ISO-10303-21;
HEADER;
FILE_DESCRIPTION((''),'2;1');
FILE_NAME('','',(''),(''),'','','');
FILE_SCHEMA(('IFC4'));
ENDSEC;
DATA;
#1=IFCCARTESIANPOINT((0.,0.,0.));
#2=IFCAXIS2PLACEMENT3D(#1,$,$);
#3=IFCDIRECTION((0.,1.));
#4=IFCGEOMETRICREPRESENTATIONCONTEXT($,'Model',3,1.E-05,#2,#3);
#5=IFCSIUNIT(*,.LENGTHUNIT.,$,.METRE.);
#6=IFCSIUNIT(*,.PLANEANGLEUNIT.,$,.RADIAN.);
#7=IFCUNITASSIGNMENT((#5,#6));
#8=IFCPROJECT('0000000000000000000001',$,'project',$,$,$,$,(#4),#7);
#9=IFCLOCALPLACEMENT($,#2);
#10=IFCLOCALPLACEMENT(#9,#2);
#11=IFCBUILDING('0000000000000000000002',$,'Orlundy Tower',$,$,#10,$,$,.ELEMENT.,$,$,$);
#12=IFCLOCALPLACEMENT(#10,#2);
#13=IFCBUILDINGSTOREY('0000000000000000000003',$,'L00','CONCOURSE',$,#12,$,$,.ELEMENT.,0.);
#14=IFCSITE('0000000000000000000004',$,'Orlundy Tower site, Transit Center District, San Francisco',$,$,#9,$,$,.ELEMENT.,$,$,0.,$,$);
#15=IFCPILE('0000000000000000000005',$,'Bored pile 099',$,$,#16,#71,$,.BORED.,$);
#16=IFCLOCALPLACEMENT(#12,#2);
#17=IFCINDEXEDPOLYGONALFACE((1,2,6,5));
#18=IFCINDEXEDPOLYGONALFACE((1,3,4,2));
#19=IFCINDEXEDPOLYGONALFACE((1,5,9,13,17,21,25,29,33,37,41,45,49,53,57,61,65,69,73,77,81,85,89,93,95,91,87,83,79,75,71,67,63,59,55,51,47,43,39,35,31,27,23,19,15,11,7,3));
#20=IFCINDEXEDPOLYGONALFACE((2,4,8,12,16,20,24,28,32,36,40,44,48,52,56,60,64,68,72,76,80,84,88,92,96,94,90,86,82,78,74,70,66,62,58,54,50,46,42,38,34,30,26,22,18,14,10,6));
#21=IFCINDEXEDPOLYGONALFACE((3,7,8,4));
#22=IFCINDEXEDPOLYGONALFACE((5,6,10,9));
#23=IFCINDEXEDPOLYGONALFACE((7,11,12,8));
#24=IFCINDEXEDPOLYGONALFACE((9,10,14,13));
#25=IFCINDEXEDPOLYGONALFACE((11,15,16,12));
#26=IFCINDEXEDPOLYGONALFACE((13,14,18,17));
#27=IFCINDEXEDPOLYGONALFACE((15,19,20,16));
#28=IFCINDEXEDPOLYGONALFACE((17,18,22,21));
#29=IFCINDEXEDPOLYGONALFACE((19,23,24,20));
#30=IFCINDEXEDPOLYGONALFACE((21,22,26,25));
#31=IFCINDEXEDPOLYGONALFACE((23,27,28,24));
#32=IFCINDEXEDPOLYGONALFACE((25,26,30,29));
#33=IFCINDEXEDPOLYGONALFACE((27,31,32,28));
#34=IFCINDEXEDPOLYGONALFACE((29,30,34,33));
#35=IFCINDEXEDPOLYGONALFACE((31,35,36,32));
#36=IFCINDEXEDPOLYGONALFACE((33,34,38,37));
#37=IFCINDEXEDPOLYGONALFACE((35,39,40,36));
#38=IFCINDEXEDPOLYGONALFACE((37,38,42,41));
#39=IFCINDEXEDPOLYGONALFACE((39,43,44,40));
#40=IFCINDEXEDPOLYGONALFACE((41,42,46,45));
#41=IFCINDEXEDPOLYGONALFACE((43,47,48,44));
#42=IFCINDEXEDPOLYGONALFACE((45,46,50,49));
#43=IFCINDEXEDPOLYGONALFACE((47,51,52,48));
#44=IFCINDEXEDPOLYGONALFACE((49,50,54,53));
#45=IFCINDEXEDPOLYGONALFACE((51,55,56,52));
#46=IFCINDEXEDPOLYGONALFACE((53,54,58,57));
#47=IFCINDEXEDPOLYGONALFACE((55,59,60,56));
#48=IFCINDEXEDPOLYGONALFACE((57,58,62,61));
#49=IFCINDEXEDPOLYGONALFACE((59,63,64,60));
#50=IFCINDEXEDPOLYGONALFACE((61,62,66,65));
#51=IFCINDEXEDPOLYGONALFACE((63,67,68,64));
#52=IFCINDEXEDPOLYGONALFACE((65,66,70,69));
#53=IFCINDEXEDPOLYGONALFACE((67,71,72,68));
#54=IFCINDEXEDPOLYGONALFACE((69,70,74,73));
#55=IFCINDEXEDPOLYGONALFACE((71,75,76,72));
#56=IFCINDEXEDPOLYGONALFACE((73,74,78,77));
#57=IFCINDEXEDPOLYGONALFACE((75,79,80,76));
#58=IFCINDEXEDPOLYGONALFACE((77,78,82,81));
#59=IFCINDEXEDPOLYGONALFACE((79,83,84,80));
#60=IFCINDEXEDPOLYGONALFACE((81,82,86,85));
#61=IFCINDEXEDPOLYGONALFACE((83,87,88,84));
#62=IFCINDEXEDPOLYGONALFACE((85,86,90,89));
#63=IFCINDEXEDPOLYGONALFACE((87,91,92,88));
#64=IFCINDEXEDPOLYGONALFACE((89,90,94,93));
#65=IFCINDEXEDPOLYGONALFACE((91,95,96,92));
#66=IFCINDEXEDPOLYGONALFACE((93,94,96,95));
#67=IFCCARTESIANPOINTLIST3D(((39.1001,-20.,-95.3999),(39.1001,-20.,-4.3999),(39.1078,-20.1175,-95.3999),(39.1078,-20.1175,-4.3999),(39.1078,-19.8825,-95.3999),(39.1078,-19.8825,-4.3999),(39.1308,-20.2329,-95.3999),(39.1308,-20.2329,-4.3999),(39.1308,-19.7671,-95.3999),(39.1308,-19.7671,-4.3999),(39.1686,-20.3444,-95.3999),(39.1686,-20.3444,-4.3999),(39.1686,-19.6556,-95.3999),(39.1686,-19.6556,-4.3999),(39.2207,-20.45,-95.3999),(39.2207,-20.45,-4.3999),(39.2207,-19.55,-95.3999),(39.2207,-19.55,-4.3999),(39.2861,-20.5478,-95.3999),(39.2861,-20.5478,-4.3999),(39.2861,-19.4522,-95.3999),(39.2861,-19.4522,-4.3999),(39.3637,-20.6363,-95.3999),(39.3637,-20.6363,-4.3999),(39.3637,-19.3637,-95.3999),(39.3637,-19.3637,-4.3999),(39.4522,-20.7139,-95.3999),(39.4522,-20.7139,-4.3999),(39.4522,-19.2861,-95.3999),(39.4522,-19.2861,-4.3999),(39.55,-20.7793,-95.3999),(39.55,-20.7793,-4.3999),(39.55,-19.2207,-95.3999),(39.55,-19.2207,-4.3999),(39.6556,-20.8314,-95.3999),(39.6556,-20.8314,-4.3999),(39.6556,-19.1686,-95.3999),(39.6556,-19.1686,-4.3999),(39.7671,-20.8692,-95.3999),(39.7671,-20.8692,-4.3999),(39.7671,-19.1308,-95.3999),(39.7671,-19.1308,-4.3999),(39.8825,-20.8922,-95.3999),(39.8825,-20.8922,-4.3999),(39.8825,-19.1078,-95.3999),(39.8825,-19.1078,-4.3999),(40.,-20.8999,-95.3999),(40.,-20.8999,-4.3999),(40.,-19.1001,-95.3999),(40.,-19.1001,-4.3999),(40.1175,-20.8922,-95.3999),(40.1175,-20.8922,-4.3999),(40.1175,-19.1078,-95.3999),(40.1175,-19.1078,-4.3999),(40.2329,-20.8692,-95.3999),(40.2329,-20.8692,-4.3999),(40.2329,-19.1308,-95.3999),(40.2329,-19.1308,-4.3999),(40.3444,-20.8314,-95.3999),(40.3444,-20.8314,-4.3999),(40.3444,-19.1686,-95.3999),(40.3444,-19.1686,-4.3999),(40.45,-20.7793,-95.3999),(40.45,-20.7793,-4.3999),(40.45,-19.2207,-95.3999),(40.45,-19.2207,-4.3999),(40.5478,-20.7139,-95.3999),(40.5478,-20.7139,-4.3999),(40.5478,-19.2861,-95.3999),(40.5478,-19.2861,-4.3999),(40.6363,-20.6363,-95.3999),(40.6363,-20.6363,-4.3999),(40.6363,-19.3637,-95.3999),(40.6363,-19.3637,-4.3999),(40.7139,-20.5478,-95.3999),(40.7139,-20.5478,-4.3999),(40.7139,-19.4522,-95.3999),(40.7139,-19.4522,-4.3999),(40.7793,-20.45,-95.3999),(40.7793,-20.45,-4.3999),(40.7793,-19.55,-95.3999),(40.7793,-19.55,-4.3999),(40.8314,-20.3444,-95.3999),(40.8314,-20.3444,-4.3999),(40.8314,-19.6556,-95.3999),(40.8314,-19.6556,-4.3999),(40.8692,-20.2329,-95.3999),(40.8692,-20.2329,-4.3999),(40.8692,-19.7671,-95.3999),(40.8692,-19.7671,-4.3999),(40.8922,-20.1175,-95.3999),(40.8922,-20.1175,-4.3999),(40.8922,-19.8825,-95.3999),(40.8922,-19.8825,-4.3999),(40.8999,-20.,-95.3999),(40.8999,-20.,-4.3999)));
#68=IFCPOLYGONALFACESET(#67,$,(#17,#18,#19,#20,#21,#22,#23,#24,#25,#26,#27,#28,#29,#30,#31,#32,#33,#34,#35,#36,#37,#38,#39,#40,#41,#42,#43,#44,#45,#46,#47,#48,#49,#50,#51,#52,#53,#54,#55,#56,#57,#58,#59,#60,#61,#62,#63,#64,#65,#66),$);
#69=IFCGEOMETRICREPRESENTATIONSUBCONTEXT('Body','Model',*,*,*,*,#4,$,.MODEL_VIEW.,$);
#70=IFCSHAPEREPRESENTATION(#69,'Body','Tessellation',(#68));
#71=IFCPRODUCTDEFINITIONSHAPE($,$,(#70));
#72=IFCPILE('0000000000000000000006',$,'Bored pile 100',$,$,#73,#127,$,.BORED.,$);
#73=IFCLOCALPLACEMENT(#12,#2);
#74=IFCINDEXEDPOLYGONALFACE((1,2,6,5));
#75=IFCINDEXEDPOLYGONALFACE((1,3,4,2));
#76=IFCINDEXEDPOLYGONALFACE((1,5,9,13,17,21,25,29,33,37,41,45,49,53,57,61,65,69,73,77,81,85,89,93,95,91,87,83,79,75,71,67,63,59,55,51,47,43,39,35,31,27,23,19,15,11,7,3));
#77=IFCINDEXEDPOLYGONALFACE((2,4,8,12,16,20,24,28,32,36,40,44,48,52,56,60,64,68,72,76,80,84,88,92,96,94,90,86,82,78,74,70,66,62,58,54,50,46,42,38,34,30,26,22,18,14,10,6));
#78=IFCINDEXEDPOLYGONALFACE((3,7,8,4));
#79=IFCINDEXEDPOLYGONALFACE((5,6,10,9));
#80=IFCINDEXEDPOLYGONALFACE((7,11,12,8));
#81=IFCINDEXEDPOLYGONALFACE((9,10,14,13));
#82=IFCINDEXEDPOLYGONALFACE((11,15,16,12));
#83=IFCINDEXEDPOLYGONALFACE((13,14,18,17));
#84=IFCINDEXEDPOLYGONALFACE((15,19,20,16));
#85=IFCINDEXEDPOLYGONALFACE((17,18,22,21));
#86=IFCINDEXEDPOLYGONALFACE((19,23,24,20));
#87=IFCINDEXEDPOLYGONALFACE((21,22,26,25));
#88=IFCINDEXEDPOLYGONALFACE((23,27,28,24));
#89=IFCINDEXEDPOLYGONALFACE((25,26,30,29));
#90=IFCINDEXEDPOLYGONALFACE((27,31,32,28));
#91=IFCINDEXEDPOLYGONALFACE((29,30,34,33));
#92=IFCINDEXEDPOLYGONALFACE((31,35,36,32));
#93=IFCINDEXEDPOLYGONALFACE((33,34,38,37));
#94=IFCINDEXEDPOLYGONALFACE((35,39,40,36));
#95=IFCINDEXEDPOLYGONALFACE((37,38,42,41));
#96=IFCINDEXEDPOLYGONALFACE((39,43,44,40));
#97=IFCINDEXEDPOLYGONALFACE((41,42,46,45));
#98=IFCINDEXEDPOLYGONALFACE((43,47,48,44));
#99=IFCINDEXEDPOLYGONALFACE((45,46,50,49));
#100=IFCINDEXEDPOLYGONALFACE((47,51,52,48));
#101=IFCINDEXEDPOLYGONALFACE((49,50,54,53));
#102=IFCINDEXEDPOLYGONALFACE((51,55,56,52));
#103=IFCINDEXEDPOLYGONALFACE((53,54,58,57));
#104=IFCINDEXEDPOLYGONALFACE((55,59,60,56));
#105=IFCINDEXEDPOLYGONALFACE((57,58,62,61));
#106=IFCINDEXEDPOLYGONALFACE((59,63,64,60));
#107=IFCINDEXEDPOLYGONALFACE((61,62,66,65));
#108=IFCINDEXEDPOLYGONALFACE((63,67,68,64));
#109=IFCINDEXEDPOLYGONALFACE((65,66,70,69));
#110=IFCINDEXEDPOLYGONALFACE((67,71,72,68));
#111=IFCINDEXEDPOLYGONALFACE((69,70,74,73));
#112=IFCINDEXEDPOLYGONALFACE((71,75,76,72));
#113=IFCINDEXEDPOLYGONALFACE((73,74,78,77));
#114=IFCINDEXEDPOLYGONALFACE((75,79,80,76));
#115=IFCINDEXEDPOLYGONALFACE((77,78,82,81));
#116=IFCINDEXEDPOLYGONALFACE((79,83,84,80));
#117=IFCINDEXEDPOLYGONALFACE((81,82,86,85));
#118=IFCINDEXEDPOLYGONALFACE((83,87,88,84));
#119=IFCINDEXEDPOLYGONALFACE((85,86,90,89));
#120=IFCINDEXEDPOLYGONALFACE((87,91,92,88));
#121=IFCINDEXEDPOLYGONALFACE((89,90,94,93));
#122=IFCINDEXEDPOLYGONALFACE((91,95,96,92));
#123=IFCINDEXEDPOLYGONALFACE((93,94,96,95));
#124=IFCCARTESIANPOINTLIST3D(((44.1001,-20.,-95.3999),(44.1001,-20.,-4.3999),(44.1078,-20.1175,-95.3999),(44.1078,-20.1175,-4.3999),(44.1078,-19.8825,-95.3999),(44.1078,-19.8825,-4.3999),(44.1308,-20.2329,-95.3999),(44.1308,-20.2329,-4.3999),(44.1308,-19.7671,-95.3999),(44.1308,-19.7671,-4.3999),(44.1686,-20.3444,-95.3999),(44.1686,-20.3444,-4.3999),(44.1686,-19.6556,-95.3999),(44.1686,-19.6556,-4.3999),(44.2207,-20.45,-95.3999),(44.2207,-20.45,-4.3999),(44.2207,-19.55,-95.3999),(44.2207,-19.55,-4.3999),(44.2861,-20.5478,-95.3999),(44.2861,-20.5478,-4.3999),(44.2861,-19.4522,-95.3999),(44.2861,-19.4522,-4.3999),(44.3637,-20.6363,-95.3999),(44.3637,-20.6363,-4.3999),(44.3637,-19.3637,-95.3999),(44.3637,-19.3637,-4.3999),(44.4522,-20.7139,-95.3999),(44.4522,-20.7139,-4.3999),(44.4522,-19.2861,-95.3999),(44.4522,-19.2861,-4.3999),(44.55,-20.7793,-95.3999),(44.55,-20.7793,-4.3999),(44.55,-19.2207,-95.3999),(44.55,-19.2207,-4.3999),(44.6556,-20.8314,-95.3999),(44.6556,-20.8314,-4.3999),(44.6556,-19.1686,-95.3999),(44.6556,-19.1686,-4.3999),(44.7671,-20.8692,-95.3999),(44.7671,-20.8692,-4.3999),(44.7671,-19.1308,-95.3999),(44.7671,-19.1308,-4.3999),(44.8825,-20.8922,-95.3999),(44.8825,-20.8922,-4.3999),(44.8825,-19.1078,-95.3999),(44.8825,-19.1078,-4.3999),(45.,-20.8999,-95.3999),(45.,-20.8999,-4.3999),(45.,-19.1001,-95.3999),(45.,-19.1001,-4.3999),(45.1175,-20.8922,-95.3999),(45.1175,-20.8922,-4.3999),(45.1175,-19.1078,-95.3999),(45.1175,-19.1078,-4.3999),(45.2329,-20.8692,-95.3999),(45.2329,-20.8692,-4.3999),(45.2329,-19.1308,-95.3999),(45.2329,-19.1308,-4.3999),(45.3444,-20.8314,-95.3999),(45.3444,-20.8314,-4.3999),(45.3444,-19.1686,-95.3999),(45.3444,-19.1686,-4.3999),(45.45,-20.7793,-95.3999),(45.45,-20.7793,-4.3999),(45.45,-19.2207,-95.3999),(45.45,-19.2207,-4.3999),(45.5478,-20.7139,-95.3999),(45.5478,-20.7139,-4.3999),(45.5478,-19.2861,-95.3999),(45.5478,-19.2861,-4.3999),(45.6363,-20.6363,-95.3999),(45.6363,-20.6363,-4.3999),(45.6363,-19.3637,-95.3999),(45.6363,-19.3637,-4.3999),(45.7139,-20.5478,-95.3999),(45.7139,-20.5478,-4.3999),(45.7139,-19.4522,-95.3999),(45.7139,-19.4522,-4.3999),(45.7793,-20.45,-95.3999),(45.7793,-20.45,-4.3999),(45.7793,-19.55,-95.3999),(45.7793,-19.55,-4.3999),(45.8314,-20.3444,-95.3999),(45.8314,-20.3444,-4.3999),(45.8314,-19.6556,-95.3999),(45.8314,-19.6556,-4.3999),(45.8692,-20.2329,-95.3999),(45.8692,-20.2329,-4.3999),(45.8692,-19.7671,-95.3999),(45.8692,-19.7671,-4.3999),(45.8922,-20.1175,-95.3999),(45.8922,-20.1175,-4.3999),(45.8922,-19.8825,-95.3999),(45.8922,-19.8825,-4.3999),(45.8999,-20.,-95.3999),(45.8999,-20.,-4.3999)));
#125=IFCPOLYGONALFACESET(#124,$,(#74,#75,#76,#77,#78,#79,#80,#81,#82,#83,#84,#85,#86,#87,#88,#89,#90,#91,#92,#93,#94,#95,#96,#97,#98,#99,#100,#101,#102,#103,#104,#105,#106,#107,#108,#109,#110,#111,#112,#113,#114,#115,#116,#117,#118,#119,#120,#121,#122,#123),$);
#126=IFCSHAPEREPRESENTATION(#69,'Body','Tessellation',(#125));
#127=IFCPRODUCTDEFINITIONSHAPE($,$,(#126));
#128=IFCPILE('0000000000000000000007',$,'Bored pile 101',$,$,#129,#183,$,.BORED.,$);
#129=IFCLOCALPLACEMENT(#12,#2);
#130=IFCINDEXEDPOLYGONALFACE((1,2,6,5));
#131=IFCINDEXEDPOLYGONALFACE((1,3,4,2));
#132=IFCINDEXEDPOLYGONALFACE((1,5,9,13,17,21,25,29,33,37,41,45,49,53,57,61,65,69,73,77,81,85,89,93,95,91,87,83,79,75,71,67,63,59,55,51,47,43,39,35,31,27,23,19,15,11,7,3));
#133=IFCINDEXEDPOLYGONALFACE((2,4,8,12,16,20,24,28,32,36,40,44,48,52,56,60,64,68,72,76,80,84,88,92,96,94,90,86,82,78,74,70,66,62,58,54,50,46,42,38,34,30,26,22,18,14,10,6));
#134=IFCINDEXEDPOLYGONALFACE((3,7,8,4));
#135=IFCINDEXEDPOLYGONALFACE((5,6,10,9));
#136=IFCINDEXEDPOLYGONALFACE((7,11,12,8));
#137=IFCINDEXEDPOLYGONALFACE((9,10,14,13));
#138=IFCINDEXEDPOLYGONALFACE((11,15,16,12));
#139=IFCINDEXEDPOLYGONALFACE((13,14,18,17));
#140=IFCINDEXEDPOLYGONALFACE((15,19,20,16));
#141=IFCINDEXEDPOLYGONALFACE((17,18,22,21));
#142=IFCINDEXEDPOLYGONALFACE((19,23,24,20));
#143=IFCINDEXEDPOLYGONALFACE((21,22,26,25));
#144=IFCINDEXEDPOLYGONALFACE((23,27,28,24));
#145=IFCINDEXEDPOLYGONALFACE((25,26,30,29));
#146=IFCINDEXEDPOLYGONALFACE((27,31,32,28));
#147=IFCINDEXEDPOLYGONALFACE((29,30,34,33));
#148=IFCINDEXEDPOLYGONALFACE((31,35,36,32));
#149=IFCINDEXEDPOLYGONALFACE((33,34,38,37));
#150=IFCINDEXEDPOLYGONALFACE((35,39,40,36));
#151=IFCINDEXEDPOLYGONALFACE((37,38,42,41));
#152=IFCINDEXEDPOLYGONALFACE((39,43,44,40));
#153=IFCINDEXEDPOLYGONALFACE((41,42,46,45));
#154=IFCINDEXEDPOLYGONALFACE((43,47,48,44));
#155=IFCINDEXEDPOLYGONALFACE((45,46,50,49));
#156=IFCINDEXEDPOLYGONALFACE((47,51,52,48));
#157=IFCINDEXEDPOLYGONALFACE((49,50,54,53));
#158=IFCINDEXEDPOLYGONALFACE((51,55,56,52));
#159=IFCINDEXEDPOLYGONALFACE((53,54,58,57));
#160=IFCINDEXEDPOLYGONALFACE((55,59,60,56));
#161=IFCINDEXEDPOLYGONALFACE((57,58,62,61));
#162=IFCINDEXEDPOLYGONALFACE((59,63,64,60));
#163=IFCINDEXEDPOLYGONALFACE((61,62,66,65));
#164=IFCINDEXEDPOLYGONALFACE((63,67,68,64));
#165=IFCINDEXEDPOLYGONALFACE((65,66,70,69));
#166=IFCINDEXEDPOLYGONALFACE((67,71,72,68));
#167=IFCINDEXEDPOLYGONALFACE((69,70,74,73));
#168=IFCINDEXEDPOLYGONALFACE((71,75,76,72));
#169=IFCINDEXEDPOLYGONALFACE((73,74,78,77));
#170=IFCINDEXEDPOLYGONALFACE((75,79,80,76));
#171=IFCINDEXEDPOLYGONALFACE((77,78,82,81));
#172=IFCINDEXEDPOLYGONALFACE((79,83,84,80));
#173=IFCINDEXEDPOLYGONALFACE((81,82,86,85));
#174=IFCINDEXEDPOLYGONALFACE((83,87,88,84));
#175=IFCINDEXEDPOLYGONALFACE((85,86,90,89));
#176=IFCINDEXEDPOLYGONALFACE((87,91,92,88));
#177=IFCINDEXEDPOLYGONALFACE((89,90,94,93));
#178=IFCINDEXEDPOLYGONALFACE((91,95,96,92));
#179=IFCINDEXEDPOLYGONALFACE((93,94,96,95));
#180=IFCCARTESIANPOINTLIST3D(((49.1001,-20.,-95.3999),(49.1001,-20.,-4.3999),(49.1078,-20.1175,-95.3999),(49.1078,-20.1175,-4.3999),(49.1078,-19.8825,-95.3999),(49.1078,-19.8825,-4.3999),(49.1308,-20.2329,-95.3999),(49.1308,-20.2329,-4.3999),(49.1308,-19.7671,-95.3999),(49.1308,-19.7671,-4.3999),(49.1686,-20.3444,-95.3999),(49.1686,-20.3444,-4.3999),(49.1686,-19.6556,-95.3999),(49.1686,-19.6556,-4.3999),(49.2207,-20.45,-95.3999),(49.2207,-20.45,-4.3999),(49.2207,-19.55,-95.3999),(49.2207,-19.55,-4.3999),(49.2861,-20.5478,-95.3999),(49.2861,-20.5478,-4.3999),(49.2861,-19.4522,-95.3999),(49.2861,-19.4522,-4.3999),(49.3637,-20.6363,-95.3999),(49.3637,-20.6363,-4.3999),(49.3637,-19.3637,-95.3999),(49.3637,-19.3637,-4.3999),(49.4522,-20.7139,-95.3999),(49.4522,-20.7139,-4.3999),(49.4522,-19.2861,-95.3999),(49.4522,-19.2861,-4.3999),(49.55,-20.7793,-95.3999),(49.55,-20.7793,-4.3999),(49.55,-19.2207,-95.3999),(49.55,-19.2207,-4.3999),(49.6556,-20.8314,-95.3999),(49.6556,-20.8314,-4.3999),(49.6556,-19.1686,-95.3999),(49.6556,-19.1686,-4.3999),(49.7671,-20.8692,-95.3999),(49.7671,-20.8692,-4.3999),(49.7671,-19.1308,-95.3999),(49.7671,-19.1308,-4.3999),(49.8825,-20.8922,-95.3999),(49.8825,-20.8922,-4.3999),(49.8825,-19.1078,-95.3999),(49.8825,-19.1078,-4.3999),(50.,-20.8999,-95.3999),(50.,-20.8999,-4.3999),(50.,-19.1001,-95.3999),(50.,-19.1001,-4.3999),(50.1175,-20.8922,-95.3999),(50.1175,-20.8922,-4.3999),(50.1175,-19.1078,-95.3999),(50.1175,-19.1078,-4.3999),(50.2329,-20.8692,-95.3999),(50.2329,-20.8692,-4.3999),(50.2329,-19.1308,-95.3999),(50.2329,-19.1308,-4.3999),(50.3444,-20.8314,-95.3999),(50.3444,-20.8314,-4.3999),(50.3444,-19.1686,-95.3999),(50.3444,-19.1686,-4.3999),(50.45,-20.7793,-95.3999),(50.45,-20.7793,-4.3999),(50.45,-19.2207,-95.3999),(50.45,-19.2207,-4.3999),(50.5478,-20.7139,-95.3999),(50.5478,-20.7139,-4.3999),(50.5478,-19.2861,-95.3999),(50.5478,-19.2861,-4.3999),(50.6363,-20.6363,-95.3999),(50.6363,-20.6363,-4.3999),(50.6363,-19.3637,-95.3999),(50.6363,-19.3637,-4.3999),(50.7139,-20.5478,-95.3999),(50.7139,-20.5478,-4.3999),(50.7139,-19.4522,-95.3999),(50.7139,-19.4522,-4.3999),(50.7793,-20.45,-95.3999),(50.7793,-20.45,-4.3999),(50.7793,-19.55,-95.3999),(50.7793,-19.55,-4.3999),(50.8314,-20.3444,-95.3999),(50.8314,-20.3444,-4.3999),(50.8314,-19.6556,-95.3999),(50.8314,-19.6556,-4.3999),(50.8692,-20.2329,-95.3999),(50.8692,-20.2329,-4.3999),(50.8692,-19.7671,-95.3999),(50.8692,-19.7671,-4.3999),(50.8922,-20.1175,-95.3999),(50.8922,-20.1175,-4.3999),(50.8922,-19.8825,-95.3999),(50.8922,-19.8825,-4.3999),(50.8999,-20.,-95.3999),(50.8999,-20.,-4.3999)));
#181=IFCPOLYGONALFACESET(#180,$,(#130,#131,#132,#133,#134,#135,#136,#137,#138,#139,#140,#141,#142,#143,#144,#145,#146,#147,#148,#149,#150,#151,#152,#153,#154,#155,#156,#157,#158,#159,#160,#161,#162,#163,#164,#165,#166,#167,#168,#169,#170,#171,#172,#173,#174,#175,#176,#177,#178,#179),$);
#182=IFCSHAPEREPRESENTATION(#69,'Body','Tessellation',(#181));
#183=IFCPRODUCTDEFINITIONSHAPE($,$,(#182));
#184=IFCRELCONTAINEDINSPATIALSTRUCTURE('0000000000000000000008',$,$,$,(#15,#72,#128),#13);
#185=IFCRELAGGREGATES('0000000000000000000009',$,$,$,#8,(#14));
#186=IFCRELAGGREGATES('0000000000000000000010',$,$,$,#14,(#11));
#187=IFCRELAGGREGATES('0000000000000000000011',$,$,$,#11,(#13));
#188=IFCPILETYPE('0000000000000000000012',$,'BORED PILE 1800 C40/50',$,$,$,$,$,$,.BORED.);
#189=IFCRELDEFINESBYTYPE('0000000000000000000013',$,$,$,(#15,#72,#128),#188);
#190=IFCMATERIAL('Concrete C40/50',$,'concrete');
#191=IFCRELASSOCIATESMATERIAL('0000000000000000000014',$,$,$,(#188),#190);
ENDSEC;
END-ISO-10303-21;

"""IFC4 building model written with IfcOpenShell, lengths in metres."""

from ifc_helpers import new_model, si_unit, direction, frame, origin, origin_2d, place, context, subcontext, project, spatial, circle, extrude, material, material_profile, profile_set, type_object, element, save


model = new_model("IFC4")

# Units and contexts
model_context = context("Model", 3, precision=1e-05, world=origin(), true_north=direction((0.0, 1.0)))
body_context = subcontext(model_context, "Body", "Model", "MODEL_VIEW")
ifc_project = project(units=[si_unit("LENGTHUNIT", "METRE"), si_unit("PLANEANGLEUNIT", "RADIAN")], contexts=[model_context])

# Site, building, storey
site_placement = place(None, origin())
site = spatial("IfcSite", under=ifc_project, at=site_placement, Name="Orlundy Tower site, Transit Center District, San Francisco", CompositionType="ELEMENT", RefElevation=0.0)
building_placement = place(site_placement, origin())
building = spatial("IfcBuilding", under=site, at=building_placement, Name="Orlundy Tower", CompositionType="ELEMENT")
storey_placement = place(building_placement, origin())
storey = spatial("IfcBuildingStorey", under=building, at=storey_placement, Name="L00", Description="CONCOURSE", CompositionType="ELEMENT", Elevation=0.0)

# Piles
ifc_material_1 = material(Name="Concrete C40/50", Category="concrete")
ifc_material_profile_1 = material_profile(ifc_material_1, circle(Radius=0.8999, at=origin_2d()), Name="BP1800")
ifc_profile_set_1 = profile_set([ifc_material_profile_1], Name="Concrete C40/50")
pile_type = type_object("IfcPileType", Name="BORED PILE 1800 C40/50", PredefinedType="BORED", material=ifc_profile_set_1)
for number, where, z_axis, x_axis, name in (
    (1, (40.0, -20.0, -4.3999), (0.0, 0.0, -1.0), (1.0, 0.0, 0.0), "Bored pile 099"),
    (2, (45.0, -20.0, -4.3999), (0.0, 0.0, -1.0), (1.0, 0.0, 0.0), "Bored pile 100"),
    (3, (50.0, -20.0, -4.3999), (0.0, 0.0, -1.0), (1.0, 0.0, 0.0), "Bored pile 101"),
):
    element("IfcPile", number, at=place(storey_placement, frame(where, z_axis=z_axis, x_axis=x_axis)), inside=storey, type_object=pile_type, Name=name, PredefinedType="BORED", context=body_context, shape_type="SweptSolid", body=[
        extrude(circle(Radius=0.8999, at=origin_2d()), origin(), (0.0, 0.0, 1.0), 91.0),
    ])

save(model, "model.ifc")
